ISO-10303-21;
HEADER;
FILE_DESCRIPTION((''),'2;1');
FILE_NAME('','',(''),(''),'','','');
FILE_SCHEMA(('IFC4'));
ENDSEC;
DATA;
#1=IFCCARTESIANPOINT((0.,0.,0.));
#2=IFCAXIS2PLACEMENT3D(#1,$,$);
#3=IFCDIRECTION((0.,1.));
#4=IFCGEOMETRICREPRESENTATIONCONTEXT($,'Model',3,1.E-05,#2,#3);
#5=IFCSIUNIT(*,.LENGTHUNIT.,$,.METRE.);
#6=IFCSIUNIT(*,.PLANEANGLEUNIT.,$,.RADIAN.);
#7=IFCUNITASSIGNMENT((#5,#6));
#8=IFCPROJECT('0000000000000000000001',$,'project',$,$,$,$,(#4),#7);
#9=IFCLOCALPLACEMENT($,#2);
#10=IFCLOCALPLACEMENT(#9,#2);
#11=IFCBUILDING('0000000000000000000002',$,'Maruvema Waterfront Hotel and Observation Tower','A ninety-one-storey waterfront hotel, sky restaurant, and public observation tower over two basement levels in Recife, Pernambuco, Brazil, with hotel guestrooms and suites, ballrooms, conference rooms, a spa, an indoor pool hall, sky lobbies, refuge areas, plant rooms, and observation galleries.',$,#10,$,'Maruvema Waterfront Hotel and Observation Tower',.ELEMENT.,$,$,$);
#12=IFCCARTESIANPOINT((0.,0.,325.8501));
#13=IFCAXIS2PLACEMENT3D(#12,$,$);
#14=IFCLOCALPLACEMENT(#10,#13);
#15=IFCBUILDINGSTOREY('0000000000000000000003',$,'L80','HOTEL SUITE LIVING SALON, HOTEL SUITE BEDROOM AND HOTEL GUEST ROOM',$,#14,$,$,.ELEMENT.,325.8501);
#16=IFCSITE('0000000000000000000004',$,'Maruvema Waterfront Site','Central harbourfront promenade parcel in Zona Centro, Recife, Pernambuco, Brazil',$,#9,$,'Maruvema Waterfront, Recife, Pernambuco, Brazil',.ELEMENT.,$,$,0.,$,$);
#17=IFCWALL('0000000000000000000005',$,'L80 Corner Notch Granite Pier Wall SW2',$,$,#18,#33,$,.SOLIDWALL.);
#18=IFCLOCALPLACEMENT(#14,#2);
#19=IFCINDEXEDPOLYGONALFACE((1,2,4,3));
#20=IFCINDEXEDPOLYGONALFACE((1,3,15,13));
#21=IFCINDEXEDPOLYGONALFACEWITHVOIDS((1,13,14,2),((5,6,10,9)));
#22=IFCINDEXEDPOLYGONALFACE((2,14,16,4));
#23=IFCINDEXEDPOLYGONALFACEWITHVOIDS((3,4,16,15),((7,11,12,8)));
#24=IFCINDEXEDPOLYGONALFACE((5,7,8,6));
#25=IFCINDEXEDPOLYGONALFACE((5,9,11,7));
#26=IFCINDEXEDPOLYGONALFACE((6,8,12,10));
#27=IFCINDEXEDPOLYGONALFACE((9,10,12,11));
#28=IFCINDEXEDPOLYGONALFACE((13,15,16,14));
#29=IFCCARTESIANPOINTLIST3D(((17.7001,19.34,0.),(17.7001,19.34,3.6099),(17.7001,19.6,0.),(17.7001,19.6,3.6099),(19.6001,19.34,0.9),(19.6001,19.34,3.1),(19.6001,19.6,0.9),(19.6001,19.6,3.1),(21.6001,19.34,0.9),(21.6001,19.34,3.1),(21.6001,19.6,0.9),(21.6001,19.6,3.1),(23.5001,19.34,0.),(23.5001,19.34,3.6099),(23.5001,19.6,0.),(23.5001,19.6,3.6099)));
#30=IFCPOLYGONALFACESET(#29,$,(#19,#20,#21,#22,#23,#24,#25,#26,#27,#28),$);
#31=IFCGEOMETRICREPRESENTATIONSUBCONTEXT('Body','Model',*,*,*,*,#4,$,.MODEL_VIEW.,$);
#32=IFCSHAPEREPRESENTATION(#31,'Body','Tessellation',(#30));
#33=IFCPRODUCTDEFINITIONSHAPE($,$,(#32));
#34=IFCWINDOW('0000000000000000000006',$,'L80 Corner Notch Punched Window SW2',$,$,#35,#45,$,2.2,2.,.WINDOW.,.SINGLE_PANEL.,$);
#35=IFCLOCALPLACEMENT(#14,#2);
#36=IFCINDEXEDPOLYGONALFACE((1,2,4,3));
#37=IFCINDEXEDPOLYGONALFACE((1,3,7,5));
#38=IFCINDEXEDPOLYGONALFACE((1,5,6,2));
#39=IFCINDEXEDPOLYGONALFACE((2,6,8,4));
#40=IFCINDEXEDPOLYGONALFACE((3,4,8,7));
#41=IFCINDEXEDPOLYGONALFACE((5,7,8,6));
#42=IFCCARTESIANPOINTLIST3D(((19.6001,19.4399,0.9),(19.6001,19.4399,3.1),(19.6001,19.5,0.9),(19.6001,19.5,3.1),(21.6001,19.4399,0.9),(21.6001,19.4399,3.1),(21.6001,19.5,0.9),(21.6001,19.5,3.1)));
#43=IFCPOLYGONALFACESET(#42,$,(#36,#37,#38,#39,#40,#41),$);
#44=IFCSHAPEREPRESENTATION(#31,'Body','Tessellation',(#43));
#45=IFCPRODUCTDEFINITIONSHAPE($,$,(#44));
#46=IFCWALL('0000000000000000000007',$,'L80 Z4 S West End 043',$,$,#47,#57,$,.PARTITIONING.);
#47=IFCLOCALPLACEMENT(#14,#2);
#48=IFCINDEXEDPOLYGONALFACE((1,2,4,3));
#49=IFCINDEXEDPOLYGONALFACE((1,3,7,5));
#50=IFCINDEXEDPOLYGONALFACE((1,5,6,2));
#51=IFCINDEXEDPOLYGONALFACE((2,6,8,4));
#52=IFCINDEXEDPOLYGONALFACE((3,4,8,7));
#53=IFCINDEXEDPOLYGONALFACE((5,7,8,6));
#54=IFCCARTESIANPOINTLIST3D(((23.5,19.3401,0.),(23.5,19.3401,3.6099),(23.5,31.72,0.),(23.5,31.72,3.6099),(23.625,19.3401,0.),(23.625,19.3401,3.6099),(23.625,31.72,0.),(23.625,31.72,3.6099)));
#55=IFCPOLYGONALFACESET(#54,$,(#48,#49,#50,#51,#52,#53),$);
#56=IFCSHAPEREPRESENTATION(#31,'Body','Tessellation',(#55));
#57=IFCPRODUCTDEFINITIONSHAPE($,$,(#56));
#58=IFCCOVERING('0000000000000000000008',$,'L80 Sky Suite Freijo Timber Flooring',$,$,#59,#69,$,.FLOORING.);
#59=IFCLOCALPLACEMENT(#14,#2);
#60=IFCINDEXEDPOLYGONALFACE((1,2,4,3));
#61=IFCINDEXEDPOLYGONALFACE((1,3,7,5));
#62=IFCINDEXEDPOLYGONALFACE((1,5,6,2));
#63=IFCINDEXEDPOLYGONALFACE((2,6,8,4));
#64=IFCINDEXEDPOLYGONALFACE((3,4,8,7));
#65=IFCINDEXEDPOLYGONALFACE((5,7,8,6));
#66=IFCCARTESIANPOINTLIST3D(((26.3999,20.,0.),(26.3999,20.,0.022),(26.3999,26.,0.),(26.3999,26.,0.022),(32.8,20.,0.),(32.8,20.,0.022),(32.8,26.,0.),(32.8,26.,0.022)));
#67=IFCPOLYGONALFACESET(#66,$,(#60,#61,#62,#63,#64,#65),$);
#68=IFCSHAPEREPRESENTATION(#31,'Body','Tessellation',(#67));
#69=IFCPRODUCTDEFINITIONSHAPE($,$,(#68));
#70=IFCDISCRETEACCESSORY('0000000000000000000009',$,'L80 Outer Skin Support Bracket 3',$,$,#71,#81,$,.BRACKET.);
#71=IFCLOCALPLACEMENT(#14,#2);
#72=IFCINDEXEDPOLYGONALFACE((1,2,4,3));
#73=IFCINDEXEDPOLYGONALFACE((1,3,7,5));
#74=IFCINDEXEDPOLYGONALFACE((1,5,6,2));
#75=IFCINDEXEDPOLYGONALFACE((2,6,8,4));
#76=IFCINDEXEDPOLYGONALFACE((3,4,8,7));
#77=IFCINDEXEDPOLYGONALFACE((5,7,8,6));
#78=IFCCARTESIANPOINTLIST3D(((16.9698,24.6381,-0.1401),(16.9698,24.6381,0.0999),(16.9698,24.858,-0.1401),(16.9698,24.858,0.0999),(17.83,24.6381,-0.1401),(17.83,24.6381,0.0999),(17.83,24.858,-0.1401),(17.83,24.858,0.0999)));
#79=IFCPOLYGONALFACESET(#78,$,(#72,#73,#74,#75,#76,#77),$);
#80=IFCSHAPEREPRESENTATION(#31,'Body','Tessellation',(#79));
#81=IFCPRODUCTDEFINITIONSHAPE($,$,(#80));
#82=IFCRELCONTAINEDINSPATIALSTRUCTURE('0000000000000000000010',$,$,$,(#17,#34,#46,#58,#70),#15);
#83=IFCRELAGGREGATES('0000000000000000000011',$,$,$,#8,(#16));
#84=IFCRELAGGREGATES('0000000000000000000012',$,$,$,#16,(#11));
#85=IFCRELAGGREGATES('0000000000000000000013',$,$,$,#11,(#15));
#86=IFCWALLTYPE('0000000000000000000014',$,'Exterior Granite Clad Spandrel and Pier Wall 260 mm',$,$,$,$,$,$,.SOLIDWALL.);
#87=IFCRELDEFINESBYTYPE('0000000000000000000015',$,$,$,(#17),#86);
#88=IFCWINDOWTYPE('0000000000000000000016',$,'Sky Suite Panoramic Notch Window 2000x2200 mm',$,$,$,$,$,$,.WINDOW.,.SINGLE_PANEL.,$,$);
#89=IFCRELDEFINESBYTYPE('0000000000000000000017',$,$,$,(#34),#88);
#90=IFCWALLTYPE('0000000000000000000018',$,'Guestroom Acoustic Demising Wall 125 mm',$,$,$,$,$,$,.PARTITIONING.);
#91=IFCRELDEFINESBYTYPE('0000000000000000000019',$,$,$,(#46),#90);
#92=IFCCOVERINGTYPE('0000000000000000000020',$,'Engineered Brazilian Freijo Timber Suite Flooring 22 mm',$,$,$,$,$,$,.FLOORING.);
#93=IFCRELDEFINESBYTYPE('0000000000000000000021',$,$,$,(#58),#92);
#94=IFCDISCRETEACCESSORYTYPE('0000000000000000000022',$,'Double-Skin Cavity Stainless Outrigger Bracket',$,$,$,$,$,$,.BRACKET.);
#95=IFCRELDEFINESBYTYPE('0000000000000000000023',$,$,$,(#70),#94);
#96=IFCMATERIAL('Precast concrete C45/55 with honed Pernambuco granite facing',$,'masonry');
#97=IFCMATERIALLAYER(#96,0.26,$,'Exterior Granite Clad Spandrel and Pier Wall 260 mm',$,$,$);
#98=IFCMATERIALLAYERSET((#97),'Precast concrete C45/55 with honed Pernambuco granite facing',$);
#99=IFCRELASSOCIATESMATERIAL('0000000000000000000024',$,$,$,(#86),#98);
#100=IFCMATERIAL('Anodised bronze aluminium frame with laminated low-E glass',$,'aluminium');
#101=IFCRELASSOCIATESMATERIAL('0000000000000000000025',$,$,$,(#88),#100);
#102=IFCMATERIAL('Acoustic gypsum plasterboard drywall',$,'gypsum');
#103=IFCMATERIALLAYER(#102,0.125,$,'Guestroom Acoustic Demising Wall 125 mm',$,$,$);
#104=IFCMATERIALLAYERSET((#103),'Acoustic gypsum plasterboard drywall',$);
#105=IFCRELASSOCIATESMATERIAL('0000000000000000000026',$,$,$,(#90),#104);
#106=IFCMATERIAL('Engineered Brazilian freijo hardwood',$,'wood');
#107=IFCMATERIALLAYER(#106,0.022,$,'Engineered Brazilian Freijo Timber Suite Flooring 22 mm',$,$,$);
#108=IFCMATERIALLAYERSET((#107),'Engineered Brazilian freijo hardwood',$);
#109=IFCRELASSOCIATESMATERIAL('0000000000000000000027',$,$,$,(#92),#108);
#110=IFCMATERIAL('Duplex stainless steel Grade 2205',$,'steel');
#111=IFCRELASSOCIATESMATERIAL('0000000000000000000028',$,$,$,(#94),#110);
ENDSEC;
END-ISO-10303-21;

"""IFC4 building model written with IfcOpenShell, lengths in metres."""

from ifc_helpers import new_model, si_unit, direction, frame, frame_2d, origin, origin_2d, place, context, subcontext, project, spatial, polyline, rectangle, outline, extrude, material, layer, layer_set, type_object, element, fill, save


model = new_model("IFC4")

# Units and contexts
model_context = context("Model", 3, precision=1e-05, world=origin(), true_north=direction((0.0, 1.0)))
body_context = subcontext(model_context, "Body", "Model", "MODEL_VIEW")
ifc_project = project(units=[si_unit("LENGTHUNIT", "METRE"), si_unit("PLANEANGLEUNIT", "RADIAN")], contexts=[model_context])

# Site, building, storey
site_placement = place(None, origin())
site = spatial("IfcSite", under=ifc_project, at=site_placement, Name="Maruvema Waterfront Site", Description="Central harbourfront promenade parcel in Zona Centro, Recife, Pernambuco, Brazil", LongName="Maruvema Waterfront, Recife, Pernambuco, Brazil", CompositionType="ELEMENT", RefElevation=0.0)
building_placement = place(site_placement, origin())
building = spatial("IfcBuilding", under=site, at=building_placement, Name="Maruvema Waterfront Hotel and Observation Tower", Description="A ninety-one-storey waterfront hotel, sky restaurant, and public observation tower over two basement levels in Recife, Pernambuco, Brazil, with hotel guestrooms and suites, ballrooms, conference rooms, a spa, an indoor pool hall, sky lobbies, refuge areas, plant rooms, and observation galleries.", LongName="Maruvema Waterfront Hotel and Observation Tower", CompositionType="ELEMENT")
storey_placement = place(building_placement, frame((0.0, 0.0, 325.8501)))
storey = spatial("IfcBuildingStorey", under=building, at=storey_placement, Name="L80", Description="HOTEL SUITE LIVING SALON, HOTEL SUITE BEDROOM AND HOTEL GUEST ROOM", CompositionType="ELEMENT", Elevation=325.8501)

# Shared definitions
ifc_material_1 = material(Name="Precast concrete C45/55 with honed Pernambuco granite facing", Category="masonry")
ifc_layer_1 = layer(ifc_material_1, 0.26, Name="Exterior Granite Clad Spandrel and Pier Wall 260 mm")
ifc_layer_set_1 = layer_set([ifc_layer_1], Name="Precast concrete C45/55 with honed Pernambuco granite facing")
wall_type_1 = type_object("IfcWallType", Name="Exterior Granite Clad Spandrel and Pier Wall 260 mm", PredefinedType="SOLIDWALL", material=ifc_layer_set_1)

# Wall, opening, window
wall_1_placement = place(storey_placement, frame((23.5, 19.47, 0.0), z_axis=(0.0, 0.0, 1.0), x_axis=(-1.0, 0.0, 0.0)))
wall_1 = element("IfcWall", 1, at=wall_1_placement, inside=storey, type_object=wall_type_1, Name="L80 Corner Notch Granite Pier Wall SW2", PredefinedType="SOLIDWALL", context=body_context, shape_type="SweptSolid", body=[
    extrude(rectangle(XDim=5.8, YDim=0.26, at=frame_2d((2.8999, 0.0))), origin(), (0.0, 0.0, 1.0), 3.6099),
])
opening_1_placement = place(wall_1_placement, frame((1.8999, 0.0, 0.8999)))
opening_1 = element("IfcOpeningElement", 2, at=opening_1_placement, cuts=wall_1, PredefinedType="OPENING", context=body_context, shape_type="SweptSolid", body=[
    extrude(rectangle(XDim=2.0, YDim=2.2, at=frame_2d((1.0, 1.1001))), frame((0.0, 0.1401, 0.0), z_axis=(0.0, -1.0, 0.0), x_axis=(1.0, 0.0, 0.0)), (0.0, 0.0, 1.0), 0.28),
])
ifc_material_2 = material(Name="Anodised bronze aluminium frame with laminated low-E glass", Category="aluminium")
window_type = type_object("IfcWindowType", Name="Sky Suite Panoramic Notch Window 2000x2200 mm", PartitioningType="SINGLE_PANEL", PredefinedType="WINDOW", material=ifc_material_2)
window_placement = place(opening_1_placement, origin())
window = element("IfcWindow", 3, at=window_placement, inside=storey, type_object=window_type, Name="L80 Corner Notch Punched Window SW2", OverallHeight=2.2, OverallWidth=2.0, PartitioningType="SINGLE_PANEL", PredefinedType="WINDOW", context=body_context, shape_type="SweptSolid", body=[
    extrude(rectangle(XDim=2.0, YDim=2.2, at=frame_2d((1.0, 1.1001))), frame((0.0, 0.03, 0.0), z_axis=(0.0, -1.0, 0.0), x_axis=(1.0, 0.0, 0.0)), (0.0, 0.0, 1.0), 0.0601),
])
fill(opening_1, window)

# Wall
ifc_material_3 = material(Name="Acoustic gypsum plasterboard drywall", Category="gypsum")
ifc_layer_2 = layer(ifc_material_3, 0.125, Name="Guestroom Acoustic Demising Wall 125 mm")
ifc_layer_set_2 = layer_set([ifc_layer_2], Name="Acoustic gypsum plasterboard drywall")
wall_type_2 = type_object("IfcWallType", Name="Guestroom Acoustic Demising Wall 125 mm", PredefinedType="PARTITIONING", material=ifc_layer_set_2)
wall_2_placement = place(storey_placement, frame((23.5625, 19.3401, 0.0), z_axis=(0.0, 0.0, 1.0), x_axis=(0.0, 1.0, 0.0)))
element("IfcWall", 4, at=wall_2_placement, inside=storey, type_object=wall_type_2, Name="L80 Z4 S West End 043", PredefinedType="PARTITIONING", context=body_context, shape_type="SweptSolid", body=[
    extrude(rectangle(XDim=12.3799, YDim=0.125, at=frame_2d((6.1899, 0.0))), origin(), (0.0, 0.0, 1.0), 3.6099),
])

# Covering
ifc_material_4 = material(Name="Engineered Brazilian freijo hardwood", Category="wood")
ifc_layer_3 = layer(ifc_material_4, 0.022, Name="Engineered Brazilian Freijo Timber Suite Flooring 22 mm")
ifc_layer_set_3 = layer_set([ifc_layer_3], Name="Engineered Brazilian freijo hardwood")
covering_type = type_object("IfcCoveringType", Name="Engineered Brazilian Freijo Timber Suite Flooring 22 mm", PredefinedType="FLOORING", material=ifc_layer_set_3)
covering_placement = place(storey_placement, origin())
element("IfcCovering", 5, at=covering_placement, inside=storey, type_object=covering_type, Name="L80 Sky Suite Freijo Timber Flooring", PredefinedType="FLOORING", context=body_context, shape_type="SweptSolid", body=[
    extrude(outline(polyline([(26.3999, 20.0), (32.8, 20.0), (32.8, 26.0), (26.3999, 26.0), (26.3999, 20.0)])), origin(), (0.0, 0.0, 1.0), 0.022),
])

# Discrete accessory
ifc_material_5 = material(Name="Duplex stainless steel Grade 2205", Category="steel")
discrete_accessory_type = type_object("IfcDiscreteAccessoryType", Name="Double-Skin Cavity Stainless Outrigger Bracket", PredefinedType="BRACKET", material=ifc_material_5)
discrete_accessory_placement = place(storey_placement, frame((17.3999, 24.748, -0.1401), z_axis=(0.0, 0.0, 1.0), x_axis=(0.0, -1.0, 0.0)))
element("IfcDiscreteAccessory", 6, at=discrete_accessory_placement, inside=storey, type_object=discrete_accessory_type, Name="L80 Outer Skin Support Bracket 3", PredefinedType="BRACKET", context=body_context, shape_type="SweptSolid", body=[
    extrude(rectangle(XDim=0.22, YDim=0.8601, at=origin_2d()), origin(), (0.0, 0.0, 1.0), 0.24),
])

save(model, "model.ifc")
